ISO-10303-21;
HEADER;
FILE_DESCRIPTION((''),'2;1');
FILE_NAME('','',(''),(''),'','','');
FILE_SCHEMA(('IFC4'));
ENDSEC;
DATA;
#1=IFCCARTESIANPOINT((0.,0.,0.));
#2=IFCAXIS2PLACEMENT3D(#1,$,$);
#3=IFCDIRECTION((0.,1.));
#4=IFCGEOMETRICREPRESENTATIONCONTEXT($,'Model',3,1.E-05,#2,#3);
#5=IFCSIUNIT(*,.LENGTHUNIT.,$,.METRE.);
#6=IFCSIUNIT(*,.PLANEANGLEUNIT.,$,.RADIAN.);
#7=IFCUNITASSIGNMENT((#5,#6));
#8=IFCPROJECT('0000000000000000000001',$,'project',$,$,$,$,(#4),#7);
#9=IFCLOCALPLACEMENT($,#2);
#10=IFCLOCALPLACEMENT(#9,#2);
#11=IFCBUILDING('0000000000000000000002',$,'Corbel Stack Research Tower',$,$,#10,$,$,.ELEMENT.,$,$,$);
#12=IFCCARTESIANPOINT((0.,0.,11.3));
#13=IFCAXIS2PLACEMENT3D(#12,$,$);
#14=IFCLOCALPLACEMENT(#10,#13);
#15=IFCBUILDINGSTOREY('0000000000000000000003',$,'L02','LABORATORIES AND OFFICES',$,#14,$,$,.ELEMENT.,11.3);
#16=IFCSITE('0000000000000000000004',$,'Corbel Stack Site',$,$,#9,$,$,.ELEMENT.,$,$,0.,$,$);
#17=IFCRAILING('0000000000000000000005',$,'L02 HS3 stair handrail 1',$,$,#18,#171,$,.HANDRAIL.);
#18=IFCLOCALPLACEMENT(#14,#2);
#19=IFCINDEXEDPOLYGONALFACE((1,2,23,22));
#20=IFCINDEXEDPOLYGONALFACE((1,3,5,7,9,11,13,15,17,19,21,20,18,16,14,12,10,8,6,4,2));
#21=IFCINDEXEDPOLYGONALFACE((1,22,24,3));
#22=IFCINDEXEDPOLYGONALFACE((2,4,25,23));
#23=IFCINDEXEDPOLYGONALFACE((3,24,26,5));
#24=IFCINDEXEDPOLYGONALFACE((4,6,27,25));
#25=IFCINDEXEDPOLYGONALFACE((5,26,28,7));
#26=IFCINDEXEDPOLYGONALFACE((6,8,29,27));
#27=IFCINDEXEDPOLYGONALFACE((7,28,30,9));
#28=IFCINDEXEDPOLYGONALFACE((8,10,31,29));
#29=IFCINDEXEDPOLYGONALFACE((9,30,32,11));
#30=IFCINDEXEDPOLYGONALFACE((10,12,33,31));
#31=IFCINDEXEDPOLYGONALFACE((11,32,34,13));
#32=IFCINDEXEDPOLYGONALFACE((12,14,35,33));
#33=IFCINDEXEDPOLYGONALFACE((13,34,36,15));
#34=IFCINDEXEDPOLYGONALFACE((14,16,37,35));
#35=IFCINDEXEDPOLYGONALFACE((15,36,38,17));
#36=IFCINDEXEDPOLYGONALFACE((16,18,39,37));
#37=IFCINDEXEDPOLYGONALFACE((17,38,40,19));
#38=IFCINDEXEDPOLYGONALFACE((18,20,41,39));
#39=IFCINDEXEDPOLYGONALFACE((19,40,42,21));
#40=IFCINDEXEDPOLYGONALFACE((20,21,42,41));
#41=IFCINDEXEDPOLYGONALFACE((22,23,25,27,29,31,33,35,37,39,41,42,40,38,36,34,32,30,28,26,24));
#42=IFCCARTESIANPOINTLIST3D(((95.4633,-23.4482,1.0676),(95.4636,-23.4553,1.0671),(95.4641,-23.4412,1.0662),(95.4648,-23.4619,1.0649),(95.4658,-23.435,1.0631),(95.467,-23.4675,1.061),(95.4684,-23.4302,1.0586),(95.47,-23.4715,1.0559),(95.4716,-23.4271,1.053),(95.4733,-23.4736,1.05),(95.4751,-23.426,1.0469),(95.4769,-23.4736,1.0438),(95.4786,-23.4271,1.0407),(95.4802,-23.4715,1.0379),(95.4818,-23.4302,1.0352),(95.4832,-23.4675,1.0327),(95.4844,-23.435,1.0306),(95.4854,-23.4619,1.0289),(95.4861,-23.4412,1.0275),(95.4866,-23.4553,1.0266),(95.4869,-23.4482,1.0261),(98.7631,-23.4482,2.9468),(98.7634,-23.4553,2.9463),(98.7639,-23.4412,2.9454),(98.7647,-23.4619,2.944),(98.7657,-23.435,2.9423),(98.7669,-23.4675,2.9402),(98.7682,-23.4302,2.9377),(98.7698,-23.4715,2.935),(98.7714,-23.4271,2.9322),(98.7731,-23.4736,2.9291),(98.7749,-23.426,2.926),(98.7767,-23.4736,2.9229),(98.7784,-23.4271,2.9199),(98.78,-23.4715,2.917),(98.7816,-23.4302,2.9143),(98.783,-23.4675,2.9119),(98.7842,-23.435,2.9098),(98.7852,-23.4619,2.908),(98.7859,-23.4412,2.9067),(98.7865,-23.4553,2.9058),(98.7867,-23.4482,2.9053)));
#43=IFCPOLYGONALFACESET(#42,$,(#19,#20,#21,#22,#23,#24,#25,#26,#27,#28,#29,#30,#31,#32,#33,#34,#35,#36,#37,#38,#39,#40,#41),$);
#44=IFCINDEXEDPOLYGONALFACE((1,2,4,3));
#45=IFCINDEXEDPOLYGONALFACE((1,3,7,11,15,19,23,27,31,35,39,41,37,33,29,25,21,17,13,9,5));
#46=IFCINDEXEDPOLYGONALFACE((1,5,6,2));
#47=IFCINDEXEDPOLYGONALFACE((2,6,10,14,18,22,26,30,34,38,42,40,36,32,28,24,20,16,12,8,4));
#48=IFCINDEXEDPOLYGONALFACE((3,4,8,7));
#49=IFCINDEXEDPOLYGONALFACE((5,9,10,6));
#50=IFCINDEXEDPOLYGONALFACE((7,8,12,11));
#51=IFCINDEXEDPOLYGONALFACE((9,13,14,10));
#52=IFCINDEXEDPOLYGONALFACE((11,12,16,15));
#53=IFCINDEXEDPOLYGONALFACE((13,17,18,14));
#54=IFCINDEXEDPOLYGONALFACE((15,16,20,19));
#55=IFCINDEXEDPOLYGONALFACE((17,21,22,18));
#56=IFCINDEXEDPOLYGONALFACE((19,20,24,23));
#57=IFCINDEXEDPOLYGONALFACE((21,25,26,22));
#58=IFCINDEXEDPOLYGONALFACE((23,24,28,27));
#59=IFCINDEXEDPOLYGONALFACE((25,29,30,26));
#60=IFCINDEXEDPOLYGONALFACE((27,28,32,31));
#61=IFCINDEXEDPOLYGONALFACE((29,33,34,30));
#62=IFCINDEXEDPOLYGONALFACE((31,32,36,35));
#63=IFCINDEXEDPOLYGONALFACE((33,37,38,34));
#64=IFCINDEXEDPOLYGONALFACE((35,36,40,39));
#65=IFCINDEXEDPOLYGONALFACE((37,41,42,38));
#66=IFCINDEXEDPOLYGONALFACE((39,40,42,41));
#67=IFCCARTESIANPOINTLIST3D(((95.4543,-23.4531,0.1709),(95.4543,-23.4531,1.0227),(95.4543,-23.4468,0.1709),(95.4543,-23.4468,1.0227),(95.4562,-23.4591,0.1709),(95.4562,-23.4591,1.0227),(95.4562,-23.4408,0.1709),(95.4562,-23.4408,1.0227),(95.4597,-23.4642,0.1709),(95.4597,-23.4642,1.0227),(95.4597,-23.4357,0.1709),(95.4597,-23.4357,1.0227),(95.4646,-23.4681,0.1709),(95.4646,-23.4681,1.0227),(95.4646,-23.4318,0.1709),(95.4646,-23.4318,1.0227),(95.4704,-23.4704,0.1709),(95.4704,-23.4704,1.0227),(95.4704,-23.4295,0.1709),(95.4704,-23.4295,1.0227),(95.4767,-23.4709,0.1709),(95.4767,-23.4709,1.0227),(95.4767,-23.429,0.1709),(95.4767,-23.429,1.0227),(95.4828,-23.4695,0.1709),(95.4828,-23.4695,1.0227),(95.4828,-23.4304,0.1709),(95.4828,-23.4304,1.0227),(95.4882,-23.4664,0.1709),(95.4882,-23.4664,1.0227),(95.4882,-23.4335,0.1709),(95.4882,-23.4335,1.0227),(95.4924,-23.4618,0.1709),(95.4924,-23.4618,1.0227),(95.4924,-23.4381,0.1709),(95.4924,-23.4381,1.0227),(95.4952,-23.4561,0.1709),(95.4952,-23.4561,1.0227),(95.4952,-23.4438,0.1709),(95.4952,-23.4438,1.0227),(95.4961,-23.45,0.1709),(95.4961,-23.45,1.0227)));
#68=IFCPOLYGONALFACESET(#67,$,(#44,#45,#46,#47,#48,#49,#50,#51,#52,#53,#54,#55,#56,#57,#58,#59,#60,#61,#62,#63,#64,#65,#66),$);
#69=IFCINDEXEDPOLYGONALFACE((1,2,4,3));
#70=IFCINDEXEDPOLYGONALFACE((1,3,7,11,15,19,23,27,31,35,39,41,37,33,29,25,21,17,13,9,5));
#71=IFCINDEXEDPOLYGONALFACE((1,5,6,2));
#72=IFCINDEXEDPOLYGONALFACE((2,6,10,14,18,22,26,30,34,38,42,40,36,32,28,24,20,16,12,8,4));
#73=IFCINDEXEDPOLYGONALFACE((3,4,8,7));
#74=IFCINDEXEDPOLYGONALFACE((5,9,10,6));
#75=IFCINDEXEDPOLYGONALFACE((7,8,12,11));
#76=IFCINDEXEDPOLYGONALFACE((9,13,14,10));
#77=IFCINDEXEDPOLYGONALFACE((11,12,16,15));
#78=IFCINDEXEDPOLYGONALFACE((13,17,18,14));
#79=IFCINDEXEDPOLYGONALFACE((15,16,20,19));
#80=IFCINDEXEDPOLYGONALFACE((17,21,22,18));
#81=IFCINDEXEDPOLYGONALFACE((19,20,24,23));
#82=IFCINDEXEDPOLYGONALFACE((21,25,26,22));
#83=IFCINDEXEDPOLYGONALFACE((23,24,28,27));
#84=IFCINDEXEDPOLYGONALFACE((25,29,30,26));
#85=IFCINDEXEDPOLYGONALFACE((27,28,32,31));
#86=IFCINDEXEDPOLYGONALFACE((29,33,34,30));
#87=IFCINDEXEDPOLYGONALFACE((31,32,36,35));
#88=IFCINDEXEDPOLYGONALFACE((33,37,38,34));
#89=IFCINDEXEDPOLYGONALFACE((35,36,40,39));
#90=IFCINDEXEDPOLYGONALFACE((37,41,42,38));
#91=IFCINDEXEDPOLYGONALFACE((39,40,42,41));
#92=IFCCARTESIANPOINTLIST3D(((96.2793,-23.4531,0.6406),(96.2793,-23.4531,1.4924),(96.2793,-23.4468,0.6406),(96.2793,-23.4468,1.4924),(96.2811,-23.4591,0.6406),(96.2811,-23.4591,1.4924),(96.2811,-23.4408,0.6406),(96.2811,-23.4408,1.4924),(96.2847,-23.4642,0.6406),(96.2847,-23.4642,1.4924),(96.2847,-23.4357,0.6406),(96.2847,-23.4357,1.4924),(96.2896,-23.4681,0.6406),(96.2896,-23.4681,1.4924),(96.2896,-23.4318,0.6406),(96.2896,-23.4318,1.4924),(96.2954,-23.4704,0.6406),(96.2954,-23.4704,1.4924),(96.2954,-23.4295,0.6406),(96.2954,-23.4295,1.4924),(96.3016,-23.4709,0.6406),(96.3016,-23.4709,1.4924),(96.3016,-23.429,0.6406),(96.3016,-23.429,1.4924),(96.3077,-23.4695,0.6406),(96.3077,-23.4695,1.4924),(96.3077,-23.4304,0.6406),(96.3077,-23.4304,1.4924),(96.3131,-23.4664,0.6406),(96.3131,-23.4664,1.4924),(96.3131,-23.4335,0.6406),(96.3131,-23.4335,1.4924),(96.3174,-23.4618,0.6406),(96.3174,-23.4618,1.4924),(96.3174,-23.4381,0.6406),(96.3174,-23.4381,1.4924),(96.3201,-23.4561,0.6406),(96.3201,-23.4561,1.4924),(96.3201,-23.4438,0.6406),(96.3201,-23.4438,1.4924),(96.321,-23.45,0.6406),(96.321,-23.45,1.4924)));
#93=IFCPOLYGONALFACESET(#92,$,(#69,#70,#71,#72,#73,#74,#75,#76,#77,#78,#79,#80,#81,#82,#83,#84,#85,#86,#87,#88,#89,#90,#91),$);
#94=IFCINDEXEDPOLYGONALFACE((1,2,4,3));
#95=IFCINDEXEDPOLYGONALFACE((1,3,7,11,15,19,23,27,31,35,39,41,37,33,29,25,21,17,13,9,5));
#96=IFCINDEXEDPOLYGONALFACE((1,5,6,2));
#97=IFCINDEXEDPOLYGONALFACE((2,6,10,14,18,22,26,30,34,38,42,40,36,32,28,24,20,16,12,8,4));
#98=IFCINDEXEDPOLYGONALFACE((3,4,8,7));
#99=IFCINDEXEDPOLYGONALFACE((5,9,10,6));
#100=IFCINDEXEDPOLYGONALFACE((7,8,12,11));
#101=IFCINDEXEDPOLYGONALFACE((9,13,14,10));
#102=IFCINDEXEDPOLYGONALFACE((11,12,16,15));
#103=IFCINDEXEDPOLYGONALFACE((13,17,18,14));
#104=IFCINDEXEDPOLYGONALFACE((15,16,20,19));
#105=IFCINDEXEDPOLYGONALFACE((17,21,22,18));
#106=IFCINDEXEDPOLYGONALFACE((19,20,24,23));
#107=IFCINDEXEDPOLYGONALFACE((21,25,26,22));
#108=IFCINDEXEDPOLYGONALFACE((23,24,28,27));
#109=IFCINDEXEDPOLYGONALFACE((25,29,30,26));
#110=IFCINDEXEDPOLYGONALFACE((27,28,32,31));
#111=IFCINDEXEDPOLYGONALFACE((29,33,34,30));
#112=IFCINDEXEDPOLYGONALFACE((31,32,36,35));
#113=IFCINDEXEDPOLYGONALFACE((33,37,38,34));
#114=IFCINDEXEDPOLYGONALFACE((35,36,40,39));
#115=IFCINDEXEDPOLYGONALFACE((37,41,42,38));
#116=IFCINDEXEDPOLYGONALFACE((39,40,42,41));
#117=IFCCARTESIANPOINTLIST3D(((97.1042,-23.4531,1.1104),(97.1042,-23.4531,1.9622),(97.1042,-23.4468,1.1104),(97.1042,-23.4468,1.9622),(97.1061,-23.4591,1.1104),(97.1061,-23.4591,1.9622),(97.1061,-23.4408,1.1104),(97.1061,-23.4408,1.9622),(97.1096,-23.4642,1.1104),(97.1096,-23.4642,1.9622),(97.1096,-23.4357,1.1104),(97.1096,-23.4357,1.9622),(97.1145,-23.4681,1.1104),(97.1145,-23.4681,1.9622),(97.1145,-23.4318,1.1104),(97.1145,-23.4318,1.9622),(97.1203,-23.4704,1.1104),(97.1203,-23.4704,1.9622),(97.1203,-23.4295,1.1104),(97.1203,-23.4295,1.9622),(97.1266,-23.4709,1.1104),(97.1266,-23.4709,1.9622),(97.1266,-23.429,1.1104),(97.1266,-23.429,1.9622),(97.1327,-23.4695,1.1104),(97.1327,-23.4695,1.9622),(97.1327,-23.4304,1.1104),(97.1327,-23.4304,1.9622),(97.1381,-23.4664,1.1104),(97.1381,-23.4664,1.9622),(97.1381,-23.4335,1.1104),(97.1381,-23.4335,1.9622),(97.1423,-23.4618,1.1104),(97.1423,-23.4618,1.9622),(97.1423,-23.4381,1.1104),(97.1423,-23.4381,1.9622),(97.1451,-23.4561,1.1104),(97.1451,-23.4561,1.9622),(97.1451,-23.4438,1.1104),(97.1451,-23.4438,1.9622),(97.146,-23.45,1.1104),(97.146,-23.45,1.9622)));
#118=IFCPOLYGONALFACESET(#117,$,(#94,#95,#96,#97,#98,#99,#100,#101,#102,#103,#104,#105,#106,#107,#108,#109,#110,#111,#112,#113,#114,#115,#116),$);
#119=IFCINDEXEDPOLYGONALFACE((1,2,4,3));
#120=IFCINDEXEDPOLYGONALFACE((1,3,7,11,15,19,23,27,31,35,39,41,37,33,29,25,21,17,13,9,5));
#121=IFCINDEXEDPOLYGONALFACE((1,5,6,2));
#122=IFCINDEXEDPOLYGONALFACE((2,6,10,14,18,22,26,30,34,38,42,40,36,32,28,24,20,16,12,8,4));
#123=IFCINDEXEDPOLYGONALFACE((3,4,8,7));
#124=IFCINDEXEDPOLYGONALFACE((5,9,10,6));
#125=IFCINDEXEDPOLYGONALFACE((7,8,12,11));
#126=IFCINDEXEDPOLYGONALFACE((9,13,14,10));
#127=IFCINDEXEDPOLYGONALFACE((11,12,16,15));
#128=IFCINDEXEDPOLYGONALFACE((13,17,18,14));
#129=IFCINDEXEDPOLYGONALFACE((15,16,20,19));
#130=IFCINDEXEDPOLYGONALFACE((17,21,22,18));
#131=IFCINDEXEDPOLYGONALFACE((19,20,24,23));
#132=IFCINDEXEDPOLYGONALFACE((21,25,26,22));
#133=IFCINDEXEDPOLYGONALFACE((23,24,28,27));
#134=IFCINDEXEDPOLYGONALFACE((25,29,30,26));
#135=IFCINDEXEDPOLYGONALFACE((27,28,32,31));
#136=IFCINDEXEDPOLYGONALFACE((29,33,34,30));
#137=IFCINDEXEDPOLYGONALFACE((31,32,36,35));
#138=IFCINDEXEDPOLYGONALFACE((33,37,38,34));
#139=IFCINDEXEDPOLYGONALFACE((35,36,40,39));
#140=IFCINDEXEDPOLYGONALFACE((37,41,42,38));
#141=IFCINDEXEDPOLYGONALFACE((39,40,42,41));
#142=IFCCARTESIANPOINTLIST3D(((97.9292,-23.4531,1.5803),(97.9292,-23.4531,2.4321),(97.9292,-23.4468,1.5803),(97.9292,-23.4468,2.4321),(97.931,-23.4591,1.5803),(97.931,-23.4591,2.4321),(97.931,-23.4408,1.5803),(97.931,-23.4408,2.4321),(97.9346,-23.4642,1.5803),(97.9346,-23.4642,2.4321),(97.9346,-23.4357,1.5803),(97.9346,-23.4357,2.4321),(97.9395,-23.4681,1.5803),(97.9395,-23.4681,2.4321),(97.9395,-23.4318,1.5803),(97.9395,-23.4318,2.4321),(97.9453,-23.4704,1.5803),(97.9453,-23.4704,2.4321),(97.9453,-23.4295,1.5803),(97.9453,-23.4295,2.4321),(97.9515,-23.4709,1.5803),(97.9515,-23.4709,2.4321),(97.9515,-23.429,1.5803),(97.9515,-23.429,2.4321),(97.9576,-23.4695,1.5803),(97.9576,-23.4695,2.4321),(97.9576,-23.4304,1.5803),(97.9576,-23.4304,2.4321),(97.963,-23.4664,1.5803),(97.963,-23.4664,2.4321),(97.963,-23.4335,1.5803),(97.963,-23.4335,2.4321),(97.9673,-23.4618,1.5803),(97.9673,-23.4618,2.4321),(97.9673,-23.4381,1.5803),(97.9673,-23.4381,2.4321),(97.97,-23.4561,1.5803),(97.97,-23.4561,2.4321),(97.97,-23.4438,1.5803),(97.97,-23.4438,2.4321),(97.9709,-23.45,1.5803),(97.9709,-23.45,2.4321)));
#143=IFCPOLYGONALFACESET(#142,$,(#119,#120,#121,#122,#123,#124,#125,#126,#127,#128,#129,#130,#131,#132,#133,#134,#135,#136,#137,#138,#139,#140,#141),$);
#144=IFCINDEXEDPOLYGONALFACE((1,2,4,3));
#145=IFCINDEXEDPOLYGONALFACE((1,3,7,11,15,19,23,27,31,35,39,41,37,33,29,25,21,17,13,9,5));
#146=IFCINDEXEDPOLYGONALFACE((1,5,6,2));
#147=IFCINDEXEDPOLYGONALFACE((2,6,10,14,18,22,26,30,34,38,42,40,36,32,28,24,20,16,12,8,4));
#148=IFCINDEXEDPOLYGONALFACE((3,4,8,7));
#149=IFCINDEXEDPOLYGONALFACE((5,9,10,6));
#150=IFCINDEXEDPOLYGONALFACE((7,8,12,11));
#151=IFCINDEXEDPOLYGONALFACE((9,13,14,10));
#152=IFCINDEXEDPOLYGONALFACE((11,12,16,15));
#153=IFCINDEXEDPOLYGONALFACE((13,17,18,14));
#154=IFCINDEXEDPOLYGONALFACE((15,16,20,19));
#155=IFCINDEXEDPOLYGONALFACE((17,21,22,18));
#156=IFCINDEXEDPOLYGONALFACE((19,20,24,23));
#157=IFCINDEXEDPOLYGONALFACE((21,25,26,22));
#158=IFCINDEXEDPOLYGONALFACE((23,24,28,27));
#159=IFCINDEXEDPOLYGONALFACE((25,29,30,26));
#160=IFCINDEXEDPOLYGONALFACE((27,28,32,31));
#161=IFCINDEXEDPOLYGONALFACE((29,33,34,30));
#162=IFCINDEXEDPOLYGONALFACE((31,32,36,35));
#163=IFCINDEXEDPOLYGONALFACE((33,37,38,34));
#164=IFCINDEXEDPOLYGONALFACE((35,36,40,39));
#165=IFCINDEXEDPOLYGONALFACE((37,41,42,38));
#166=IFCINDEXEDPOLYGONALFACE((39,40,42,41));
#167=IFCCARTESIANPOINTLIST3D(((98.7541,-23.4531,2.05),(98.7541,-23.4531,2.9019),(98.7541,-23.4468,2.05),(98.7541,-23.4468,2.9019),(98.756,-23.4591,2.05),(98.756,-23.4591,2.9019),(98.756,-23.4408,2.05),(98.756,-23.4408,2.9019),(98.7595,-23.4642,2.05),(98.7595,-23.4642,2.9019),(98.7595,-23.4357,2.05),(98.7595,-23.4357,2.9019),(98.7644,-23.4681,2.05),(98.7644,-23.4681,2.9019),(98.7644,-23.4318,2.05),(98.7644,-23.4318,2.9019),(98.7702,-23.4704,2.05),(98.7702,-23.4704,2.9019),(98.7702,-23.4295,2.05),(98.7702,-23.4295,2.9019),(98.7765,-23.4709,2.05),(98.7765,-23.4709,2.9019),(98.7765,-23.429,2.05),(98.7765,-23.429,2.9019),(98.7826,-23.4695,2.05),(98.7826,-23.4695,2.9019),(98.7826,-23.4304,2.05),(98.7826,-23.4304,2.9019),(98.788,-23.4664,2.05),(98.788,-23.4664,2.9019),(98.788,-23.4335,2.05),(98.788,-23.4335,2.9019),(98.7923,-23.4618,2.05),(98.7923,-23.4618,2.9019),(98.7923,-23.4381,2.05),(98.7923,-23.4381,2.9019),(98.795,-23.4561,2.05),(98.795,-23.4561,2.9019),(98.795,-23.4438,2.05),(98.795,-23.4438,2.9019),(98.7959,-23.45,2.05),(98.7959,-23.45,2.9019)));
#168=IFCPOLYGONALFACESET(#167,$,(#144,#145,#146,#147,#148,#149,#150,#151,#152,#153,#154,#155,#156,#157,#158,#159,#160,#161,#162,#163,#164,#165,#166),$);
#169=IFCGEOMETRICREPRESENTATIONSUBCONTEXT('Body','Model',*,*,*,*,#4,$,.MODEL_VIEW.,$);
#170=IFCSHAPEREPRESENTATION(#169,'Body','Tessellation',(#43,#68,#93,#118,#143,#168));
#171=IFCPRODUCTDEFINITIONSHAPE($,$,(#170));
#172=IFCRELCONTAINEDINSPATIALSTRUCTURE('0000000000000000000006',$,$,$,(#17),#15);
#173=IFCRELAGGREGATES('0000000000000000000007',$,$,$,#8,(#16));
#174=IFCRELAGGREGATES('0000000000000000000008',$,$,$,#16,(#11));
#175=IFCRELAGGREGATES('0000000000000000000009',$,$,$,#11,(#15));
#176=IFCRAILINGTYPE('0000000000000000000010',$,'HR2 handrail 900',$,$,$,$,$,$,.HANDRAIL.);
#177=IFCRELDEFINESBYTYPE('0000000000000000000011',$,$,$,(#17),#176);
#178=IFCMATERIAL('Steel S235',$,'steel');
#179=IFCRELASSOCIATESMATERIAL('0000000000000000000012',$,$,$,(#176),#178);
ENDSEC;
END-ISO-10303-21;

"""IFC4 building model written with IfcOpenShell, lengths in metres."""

from ifc_helpers import new_model, si_unit, direction, frame, origin, origin_2d, place, context, subcontext, project, spatial, circle, extrude, material, type_object, element, save


model = new_model("IFC4")

# Units and contexts
model_context = context("Model", 3, precision=1e-05, world=origin(), true_north=direction((0.0, 1.0)))
body_context = subcontext(model_context, "Body", "Model", "MODEL_VIEW")
ifc_project = project(units=[si_unit("LENGTHUNIT", "METRE"), si_unit("PLANEANGLEUNIT", "RADIAN")], contexts=[model_context])

# Site, building, storey
site_placement = place(None, origin())
site = spatial("IfcSite", under=ifc_project, at=site_placement, Name="Corbel Stack Site", CompositionType="ELEMENT", RefElevation=0.0)
building_placement = place(site_placement, origin())
building = spatial("IfcBuilding", under=site, at=building_placement, Name="Corbel Stack Research Tower", CompositionType="ELEMENT")
storey_placement = place(building_placement, frame((0.0, 0.0, 11.3)))
storey = spatial("IfcBuildingStorey", under=building, at=storey_placement, Name="L02", Description="LABORATORIES AND OFFICES", CompositionType="ELEMENT", Elevation=11.3)

# Railing
ifc_material_1 = material(Name="Steel S235", Category="steel")
railing_type = type_object("IfcRailingType", Name="HR2 handrail 900", PredefinedType="HANDRAIL", material=ifc_material_1)
railing_placement = place(storey_placement, frame((95.4751, -23.45, 0.1709)))
element("IfcRailing", 1, at=railing_placement, inside=storey, type_object=railing_type, Name="L02 HS3 stair handrail 1", PredefinedType="HANDRAIL", context=body_context, shape_type="SweptSolid", body=[
    extrude(circle(Radius=0.0239, at=origin_2d()), frame((0.0, 0.0, 0.876), z_axis=(0.868974, 0.0, 0.494857), x_axis=(0.0, 1.0, 0.0)), (0.0, 0.0, 1.0), 3.7974),
    extrude(circle(Radius=0.021, at=origin_2d()), origin(), (0.0, 0.0, 1.0), 0.8518),
    extrude(circle(Radius=0.021, at=origin_2d()), frame((0.825, 0.0, 0.4697)), (0.0, 0.0, 1.0), 0.8518),
    extrude(circle(Radius=0.021, at=origin_2d()), frame((1.6499, 0.0, 0.9395)), (0.0, 0.0, 1.0), 0.8518),
    extrude(circle(Radius=0.021, at=origin_2d()), frame((2.4749, 0.0, 1.4094)), (0.0, 0.0, 1.0), 0.8518),
    extrude(circle(Radius=0.021, at=origin_2d()), frame((3.2998, 0.0, 1.8792)), (0.0, 0.0, 1.0), 0.8518),
])

save(model, "model.ifc")
